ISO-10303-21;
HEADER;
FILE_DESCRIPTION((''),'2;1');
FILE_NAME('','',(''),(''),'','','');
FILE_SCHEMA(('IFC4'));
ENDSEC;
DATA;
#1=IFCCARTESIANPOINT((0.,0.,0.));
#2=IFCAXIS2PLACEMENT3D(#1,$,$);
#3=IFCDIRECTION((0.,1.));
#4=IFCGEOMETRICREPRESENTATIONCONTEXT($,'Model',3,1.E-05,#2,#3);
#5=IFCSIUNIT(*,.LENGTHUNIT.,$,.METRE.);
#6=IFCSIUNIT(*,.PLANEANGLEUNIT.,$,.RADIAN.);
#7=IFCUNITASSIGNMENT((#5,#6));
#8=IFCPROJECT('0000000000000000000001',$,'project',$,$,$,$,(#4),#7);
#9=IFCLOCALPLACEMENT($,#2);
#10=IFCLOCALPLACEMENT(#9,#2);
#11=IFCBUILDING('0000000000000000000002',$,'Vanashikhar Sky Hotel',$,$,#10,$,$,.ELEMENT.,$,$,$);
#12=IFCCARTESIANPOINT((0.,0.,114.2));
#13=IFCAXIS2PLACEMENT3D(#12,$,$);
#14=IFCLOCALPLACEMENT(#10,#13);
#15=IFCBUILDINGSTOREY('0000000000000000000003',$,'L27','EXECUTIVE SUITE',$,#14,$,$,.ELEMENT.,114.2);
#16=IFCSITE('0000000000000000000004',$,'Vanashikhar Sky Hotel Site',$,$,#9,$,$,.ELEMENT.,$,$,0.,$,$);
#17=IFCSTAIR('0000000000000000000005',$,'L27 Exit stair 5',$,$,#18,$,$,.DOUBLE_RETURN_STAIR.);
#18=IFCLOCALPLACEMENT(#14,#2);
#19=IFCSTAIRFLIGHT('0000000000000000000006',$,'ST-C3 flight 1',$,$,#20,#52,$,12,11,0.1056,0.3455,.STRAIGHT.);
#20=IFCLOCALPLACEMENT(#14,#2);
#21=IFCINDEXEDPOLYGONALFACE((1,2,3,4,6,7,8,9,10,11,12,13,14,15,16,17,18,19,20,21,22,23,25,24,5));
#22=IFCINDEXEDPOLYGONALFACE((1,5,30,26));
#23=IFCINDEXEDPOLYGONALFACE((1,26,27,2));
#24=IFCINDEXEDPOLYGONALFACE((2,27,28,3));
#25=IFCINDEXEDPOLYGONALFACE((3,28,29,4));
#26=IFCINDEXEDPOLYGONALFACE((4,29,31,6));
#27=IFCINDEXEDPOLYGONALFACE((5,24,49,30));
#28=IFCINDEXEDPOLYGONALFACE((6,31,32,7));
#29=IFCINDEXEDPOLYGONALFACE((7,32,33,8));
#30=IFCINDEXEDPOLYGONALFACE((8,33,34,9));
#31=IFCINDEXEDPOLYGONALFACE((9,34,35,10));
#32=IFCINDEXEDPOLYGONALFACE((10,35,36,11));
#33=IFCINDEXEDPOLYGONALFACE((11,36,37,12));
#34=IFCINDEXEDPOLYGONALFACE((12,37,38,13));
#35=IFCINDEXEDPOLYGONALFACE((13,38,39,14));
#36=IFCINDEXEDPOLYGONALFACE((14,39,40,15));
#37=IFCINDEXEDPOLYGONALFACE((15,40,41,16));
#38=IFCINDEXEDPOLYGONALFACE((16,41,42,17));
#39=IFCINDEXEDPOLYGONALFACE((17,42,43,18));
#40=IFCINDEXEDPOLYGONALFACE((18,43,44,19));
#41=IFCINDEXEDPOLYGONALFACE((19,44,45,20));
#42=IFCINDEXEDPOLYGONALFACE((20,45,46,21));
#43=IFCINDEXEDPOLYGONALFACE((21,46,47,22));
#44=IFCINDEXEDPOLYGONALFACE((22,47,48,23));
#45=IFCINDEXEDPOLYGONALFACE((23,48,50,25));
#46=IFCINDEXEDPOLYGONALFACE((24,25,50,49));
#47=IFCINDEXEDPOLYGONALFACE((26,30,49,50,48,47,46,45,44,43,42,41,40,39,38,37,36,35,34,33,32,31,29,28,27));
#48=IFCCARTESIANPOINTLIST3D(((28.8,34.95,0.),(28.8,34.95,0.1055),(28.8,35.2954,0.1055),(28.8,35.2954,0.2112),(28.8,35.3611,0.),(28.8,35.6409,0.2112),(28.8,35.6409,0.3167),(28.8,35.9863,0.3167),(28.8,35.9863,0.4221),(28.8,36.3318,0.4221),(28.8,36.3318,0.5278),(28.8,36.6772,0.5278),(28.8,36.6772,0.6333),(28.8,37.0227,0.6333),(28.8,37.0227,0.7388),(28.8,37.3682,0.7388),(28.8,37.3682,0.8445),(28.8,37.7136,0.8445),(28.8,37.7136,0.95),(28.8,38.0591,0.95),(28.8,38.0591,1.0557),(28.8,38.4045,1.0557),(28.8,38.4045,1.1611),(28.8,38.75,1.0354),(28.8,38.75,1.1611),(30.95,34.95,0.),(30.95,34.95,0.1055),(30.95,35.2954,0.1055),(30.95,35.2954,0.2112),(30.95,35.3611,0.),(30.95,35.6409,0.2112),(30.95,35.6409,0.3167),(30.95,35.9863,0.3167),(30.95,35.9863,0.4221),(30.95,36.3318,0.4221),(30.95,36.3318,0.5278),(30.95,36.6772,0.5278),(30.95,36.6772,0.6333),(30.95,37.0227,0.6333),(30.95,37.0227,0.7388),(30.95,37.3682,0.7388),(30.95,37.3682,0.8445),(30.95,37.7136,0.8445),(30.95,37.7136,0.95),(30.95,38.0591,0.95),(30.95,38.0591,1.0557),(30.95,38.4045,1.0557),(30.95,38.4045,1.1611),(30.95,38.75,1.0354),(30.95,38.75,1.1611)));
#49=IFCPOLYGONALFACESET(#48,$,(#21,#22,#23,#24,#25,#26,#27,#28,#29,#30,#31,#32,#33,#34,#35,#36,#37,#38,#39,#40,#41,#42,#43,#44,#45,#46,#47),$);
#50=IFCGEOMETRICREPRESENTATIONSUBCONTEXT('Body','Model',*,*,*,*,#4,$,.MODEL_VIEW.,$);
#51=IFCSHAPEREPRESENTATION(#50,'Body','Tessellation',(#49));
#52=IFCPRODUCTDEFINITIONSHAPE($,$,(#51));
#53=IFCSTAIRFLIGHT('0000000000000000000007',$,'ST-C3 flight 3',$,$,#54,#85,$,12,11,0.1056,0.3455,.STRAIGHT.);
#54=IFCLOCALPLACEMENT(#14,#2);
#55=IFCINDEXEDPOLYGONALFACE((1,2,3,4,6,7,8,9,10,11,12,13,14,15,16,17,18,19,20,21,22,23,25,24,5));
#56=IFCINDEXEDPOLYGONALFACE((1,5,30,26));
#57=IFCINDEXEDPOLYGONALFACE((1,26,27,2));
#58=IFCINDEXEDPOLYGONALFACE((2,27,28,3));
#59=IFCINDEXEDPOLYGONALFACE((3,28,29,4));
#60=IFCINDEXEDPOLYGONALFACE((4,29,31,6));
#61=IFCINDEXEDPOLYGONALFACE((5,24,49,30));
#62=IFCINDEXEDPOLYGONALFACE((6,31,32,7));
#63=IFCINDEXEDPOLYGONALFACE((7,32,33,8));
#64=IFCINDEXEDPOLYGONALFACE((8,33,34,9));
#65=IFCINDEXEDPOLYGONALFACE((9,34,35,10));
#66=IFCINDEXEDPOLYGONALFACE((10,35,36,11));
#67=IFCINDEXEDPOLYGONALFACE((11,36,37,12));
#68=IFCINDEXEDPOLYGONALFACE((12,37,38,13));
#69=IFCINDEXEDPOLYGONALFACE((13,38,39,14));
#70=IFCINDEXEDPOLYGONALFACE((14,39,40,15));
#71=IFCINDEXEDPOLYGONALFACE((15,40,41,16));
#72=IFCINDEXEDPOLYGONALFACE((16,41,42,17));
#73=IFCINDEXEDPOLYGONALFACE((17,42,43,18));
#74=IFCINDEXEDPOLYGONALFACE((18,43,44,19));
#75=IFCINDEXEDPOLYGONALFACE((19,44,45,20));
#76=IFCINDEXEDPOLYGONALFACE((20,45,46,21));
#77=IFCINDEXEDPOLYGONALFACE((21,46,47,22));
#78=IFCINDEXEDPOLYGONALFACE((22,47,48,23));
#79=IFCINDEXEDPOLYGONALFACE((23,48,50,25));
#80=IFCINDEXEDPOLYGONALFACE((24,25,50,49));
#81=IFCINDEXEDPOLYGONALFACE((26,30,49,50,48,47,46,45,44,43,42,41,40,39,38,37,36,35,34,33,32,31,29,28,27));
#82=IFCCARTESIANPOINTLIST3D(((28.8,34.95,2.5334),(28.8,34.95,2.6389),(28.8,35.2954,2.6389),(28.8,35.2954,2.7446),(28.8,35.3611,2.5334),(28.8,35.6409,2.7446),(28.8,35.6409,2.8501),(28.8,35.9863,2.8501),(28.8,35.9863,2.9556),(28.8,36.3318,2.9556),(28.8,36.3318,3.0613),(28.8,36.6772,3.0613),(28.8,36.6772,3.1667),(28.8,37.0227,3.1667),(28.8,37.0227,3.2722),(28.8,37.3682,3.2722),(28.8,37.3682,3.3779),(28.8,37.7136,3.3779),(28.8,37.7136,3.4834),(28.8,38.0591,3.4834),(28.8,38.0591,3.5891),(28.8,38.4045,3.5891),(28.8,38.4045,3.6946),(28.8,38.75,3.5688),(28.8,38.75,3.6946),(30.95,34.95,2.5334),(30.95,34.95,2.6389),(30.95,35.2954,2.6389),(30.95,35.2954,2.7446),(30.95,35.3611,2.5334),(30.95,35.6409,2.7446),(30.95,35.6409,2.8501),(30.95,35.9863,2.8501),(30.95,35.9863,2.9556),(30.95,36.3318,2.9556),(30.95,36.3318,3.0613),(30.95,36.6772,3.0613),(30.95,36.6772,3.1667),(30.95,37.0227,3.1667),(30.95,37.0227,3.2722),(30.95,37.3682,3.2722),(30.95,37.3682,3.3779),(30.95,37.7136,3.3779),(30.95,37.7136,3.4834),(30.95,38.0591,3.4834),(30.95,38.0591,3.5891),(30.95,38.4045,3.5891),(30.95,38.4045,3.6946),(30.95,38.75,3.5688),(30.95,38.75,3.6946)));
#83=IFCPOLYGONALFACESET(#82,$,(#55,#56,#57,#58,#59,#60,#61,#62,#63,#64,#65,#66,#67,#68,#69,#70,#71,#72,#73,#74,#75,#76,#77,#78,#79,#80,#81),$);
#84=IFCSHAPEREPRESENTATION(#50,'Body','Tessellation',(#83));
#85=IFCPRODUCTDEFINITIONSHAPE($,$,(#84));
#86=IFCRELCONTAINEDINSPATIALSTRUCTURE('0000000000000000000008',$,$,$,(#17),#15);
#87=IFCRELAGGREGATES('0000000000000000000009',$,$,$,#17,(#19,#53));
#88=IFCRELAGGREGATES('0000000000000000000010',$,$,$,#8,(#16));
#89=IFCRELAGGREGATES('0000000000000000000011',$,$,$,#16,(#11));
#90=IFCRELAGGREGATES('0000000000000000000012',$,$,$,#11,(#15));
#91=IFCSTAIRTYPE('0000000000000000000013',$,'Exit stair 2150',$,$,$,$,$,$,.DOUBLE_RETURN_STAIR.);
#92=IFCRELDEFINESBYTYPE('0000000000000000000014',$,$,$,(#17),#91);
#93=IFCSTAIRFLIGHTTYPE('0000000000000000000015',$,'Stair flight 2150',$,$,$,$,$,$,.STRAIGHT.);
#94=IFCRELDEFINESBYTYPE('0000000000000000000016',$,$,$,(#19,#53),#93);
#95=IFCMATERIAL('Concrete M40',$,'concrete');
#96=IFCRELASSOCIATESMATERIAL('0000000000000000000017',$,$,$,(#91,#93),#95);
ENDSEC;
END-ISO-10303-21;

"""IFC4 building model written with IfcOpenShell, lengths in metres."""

from ifc_helpers import new_model, si_unit, direction, frame, origin, place, context, subcontext, project, spatial, polyline, outline, extrude, source, transform, mapped, material, type_object, element, aggregate, save


model = new_model("IFC4")

# Units and contexts
model_context = context("Model", 3, precision=1e-05, world=origin(), true_north=direction((0.0, 1.0)))
body_context = subcontext(model_context, "Body", "Model", "MODEL_VIEW")
ifc_project = project(units=[si_unit("LENGTHUNIT", "METRE"), si_unit("PLANEANGLEUNIT", "RADIAN")], contexts=[model_context])

# Site, building, storey
site_placement = place(None, origin())
site = spatial("IfcSite", under=ifc_project, at=site_placement, Name="Vanashikhar Sky Hotel Site", CompositionType="ELEMENT", RefElevation=0.0)
building_placement = place(site_placement, origin())
building = spatial("IfcBuilding", under=site, at=building_placement, Name="Vanashikhar Sky Hotel", CompositionType="ELEMENT")
storey_placement = place(building_placement, frame((0.0, 0.0, 114.2)))
storey = spatial("IfcBuildingStorey", under=building, at=storey_placement, Name="L27", Description="EXECUTIVE SUITE", CompositionType="ELEMENT", Elevation=114.2)

# Shared definitions
ifc_material_1 = material(Name="Concrete M40", Category="concrete")

# Stair, stair flights
stair_type = type_object("IfcStairType", Name="Exit stair 2150", PredefinedType="DOUBLE_RETURN_STAIR", material=ifc_material_1)
stair_flight_type = type_object("IfcStairFlightType", Name="Stair flight 2150", PredefinedType="STRAIGHT", material=ifc_material_1)
shared_shape_1 = source(origin(), body_context, "Body", "SweptSolid", [
    extrude(outline(polyline([(0.0, 0.0), (0.0, 0.1055), (0.3455, 0.1055), (0.3455, 0.2112), (0.6909, 0.2112), (0.6909, 0.3167), (1.0364, 0.3167), (1.0364, 0.4221), (1.3818, 0.4221), (1.3818, 0.5278), (1.7273, 0.5278), (1.7273, 0.6333), (2.0728, 0.6333), (2.0728, 0.7388), (2.4182, 0.7388), (2.4182, 0.8445), (2.7637, 0.8445), (2.7637, 0.95), (3.1091, 0.95), (3.1091, 1.0557), (3.4546, 1.0557), (3.4546, 1.1611), (3.8, 1.1611), (3.8, 1.2666), (3.8, 1.0354), (0.4111, 0.0), (0.0, 0.0)])), frame((0.0, 1.075, 0.0), z_axis=(0.0, -1.0, 0.0), x_axis=(1.0, 0.0, 0.0)), (0.0, 0.0, 1.0), 2.1499),
])
stair_1_placement = place(storey_placement, origin())
stair_1 = element("IfcStair", 1, at=stair_1_placement, inside=storey, type_object=stair_type, Name="L27 Exit stair 5", PredefinedType="DOUBLE_RETURN_STAIR")
stair_flight_1_placement = place(storey_placement, frame((29.875, 34.95, 0.0), z_axis=(0.0, 0.0, 1.0), x_axis=(0.0, 1.0, 0.0)))
stair_flight_1 = element("IfcStairFlight", 2, at=stair_flight_1_placement, type_object=stair_flight_type, Name="ST-C3 flight 1", NumberOfRisers=12, NumberOfTreads=11, PredefinedType="STRAIGHT", RiserHeight=0.1056, TreadLength=0.3455, context=body_context, shape_type="MappedRepresentation", body=[
    mapped(shared_shape_1, transform((0.0, 0.0, 0.0), scale=1.0)),
])
stair_flight_2_placement = place(storey_placement, frame((29.875, 34.95, 2.5334), z_axis=(0.0, 0.0, 1.0), x_axis=(0.0, 1.0, 0.0)))
stair_flight_2 = element("IfcStairFlight", 3, at=stair_flight_2_placement, type_object=stair_flight_type, Name="ST-C3 flight 3", NumberOfRisers=12, NumberOfTreads=11, PredefinedType="STRAIGHT", RiserHeight=0.1056, TreadLength=0.3455, context=body_context, shape_type="MappedRepresentation", body=[
    mapped(shared_shape_1, transform((0.0, 0.0, 0.0), scale=1.0)),
])
aggregate(stair_1, [stair_flight_1, stair_flight_2])

save(model, "model.ifc")
